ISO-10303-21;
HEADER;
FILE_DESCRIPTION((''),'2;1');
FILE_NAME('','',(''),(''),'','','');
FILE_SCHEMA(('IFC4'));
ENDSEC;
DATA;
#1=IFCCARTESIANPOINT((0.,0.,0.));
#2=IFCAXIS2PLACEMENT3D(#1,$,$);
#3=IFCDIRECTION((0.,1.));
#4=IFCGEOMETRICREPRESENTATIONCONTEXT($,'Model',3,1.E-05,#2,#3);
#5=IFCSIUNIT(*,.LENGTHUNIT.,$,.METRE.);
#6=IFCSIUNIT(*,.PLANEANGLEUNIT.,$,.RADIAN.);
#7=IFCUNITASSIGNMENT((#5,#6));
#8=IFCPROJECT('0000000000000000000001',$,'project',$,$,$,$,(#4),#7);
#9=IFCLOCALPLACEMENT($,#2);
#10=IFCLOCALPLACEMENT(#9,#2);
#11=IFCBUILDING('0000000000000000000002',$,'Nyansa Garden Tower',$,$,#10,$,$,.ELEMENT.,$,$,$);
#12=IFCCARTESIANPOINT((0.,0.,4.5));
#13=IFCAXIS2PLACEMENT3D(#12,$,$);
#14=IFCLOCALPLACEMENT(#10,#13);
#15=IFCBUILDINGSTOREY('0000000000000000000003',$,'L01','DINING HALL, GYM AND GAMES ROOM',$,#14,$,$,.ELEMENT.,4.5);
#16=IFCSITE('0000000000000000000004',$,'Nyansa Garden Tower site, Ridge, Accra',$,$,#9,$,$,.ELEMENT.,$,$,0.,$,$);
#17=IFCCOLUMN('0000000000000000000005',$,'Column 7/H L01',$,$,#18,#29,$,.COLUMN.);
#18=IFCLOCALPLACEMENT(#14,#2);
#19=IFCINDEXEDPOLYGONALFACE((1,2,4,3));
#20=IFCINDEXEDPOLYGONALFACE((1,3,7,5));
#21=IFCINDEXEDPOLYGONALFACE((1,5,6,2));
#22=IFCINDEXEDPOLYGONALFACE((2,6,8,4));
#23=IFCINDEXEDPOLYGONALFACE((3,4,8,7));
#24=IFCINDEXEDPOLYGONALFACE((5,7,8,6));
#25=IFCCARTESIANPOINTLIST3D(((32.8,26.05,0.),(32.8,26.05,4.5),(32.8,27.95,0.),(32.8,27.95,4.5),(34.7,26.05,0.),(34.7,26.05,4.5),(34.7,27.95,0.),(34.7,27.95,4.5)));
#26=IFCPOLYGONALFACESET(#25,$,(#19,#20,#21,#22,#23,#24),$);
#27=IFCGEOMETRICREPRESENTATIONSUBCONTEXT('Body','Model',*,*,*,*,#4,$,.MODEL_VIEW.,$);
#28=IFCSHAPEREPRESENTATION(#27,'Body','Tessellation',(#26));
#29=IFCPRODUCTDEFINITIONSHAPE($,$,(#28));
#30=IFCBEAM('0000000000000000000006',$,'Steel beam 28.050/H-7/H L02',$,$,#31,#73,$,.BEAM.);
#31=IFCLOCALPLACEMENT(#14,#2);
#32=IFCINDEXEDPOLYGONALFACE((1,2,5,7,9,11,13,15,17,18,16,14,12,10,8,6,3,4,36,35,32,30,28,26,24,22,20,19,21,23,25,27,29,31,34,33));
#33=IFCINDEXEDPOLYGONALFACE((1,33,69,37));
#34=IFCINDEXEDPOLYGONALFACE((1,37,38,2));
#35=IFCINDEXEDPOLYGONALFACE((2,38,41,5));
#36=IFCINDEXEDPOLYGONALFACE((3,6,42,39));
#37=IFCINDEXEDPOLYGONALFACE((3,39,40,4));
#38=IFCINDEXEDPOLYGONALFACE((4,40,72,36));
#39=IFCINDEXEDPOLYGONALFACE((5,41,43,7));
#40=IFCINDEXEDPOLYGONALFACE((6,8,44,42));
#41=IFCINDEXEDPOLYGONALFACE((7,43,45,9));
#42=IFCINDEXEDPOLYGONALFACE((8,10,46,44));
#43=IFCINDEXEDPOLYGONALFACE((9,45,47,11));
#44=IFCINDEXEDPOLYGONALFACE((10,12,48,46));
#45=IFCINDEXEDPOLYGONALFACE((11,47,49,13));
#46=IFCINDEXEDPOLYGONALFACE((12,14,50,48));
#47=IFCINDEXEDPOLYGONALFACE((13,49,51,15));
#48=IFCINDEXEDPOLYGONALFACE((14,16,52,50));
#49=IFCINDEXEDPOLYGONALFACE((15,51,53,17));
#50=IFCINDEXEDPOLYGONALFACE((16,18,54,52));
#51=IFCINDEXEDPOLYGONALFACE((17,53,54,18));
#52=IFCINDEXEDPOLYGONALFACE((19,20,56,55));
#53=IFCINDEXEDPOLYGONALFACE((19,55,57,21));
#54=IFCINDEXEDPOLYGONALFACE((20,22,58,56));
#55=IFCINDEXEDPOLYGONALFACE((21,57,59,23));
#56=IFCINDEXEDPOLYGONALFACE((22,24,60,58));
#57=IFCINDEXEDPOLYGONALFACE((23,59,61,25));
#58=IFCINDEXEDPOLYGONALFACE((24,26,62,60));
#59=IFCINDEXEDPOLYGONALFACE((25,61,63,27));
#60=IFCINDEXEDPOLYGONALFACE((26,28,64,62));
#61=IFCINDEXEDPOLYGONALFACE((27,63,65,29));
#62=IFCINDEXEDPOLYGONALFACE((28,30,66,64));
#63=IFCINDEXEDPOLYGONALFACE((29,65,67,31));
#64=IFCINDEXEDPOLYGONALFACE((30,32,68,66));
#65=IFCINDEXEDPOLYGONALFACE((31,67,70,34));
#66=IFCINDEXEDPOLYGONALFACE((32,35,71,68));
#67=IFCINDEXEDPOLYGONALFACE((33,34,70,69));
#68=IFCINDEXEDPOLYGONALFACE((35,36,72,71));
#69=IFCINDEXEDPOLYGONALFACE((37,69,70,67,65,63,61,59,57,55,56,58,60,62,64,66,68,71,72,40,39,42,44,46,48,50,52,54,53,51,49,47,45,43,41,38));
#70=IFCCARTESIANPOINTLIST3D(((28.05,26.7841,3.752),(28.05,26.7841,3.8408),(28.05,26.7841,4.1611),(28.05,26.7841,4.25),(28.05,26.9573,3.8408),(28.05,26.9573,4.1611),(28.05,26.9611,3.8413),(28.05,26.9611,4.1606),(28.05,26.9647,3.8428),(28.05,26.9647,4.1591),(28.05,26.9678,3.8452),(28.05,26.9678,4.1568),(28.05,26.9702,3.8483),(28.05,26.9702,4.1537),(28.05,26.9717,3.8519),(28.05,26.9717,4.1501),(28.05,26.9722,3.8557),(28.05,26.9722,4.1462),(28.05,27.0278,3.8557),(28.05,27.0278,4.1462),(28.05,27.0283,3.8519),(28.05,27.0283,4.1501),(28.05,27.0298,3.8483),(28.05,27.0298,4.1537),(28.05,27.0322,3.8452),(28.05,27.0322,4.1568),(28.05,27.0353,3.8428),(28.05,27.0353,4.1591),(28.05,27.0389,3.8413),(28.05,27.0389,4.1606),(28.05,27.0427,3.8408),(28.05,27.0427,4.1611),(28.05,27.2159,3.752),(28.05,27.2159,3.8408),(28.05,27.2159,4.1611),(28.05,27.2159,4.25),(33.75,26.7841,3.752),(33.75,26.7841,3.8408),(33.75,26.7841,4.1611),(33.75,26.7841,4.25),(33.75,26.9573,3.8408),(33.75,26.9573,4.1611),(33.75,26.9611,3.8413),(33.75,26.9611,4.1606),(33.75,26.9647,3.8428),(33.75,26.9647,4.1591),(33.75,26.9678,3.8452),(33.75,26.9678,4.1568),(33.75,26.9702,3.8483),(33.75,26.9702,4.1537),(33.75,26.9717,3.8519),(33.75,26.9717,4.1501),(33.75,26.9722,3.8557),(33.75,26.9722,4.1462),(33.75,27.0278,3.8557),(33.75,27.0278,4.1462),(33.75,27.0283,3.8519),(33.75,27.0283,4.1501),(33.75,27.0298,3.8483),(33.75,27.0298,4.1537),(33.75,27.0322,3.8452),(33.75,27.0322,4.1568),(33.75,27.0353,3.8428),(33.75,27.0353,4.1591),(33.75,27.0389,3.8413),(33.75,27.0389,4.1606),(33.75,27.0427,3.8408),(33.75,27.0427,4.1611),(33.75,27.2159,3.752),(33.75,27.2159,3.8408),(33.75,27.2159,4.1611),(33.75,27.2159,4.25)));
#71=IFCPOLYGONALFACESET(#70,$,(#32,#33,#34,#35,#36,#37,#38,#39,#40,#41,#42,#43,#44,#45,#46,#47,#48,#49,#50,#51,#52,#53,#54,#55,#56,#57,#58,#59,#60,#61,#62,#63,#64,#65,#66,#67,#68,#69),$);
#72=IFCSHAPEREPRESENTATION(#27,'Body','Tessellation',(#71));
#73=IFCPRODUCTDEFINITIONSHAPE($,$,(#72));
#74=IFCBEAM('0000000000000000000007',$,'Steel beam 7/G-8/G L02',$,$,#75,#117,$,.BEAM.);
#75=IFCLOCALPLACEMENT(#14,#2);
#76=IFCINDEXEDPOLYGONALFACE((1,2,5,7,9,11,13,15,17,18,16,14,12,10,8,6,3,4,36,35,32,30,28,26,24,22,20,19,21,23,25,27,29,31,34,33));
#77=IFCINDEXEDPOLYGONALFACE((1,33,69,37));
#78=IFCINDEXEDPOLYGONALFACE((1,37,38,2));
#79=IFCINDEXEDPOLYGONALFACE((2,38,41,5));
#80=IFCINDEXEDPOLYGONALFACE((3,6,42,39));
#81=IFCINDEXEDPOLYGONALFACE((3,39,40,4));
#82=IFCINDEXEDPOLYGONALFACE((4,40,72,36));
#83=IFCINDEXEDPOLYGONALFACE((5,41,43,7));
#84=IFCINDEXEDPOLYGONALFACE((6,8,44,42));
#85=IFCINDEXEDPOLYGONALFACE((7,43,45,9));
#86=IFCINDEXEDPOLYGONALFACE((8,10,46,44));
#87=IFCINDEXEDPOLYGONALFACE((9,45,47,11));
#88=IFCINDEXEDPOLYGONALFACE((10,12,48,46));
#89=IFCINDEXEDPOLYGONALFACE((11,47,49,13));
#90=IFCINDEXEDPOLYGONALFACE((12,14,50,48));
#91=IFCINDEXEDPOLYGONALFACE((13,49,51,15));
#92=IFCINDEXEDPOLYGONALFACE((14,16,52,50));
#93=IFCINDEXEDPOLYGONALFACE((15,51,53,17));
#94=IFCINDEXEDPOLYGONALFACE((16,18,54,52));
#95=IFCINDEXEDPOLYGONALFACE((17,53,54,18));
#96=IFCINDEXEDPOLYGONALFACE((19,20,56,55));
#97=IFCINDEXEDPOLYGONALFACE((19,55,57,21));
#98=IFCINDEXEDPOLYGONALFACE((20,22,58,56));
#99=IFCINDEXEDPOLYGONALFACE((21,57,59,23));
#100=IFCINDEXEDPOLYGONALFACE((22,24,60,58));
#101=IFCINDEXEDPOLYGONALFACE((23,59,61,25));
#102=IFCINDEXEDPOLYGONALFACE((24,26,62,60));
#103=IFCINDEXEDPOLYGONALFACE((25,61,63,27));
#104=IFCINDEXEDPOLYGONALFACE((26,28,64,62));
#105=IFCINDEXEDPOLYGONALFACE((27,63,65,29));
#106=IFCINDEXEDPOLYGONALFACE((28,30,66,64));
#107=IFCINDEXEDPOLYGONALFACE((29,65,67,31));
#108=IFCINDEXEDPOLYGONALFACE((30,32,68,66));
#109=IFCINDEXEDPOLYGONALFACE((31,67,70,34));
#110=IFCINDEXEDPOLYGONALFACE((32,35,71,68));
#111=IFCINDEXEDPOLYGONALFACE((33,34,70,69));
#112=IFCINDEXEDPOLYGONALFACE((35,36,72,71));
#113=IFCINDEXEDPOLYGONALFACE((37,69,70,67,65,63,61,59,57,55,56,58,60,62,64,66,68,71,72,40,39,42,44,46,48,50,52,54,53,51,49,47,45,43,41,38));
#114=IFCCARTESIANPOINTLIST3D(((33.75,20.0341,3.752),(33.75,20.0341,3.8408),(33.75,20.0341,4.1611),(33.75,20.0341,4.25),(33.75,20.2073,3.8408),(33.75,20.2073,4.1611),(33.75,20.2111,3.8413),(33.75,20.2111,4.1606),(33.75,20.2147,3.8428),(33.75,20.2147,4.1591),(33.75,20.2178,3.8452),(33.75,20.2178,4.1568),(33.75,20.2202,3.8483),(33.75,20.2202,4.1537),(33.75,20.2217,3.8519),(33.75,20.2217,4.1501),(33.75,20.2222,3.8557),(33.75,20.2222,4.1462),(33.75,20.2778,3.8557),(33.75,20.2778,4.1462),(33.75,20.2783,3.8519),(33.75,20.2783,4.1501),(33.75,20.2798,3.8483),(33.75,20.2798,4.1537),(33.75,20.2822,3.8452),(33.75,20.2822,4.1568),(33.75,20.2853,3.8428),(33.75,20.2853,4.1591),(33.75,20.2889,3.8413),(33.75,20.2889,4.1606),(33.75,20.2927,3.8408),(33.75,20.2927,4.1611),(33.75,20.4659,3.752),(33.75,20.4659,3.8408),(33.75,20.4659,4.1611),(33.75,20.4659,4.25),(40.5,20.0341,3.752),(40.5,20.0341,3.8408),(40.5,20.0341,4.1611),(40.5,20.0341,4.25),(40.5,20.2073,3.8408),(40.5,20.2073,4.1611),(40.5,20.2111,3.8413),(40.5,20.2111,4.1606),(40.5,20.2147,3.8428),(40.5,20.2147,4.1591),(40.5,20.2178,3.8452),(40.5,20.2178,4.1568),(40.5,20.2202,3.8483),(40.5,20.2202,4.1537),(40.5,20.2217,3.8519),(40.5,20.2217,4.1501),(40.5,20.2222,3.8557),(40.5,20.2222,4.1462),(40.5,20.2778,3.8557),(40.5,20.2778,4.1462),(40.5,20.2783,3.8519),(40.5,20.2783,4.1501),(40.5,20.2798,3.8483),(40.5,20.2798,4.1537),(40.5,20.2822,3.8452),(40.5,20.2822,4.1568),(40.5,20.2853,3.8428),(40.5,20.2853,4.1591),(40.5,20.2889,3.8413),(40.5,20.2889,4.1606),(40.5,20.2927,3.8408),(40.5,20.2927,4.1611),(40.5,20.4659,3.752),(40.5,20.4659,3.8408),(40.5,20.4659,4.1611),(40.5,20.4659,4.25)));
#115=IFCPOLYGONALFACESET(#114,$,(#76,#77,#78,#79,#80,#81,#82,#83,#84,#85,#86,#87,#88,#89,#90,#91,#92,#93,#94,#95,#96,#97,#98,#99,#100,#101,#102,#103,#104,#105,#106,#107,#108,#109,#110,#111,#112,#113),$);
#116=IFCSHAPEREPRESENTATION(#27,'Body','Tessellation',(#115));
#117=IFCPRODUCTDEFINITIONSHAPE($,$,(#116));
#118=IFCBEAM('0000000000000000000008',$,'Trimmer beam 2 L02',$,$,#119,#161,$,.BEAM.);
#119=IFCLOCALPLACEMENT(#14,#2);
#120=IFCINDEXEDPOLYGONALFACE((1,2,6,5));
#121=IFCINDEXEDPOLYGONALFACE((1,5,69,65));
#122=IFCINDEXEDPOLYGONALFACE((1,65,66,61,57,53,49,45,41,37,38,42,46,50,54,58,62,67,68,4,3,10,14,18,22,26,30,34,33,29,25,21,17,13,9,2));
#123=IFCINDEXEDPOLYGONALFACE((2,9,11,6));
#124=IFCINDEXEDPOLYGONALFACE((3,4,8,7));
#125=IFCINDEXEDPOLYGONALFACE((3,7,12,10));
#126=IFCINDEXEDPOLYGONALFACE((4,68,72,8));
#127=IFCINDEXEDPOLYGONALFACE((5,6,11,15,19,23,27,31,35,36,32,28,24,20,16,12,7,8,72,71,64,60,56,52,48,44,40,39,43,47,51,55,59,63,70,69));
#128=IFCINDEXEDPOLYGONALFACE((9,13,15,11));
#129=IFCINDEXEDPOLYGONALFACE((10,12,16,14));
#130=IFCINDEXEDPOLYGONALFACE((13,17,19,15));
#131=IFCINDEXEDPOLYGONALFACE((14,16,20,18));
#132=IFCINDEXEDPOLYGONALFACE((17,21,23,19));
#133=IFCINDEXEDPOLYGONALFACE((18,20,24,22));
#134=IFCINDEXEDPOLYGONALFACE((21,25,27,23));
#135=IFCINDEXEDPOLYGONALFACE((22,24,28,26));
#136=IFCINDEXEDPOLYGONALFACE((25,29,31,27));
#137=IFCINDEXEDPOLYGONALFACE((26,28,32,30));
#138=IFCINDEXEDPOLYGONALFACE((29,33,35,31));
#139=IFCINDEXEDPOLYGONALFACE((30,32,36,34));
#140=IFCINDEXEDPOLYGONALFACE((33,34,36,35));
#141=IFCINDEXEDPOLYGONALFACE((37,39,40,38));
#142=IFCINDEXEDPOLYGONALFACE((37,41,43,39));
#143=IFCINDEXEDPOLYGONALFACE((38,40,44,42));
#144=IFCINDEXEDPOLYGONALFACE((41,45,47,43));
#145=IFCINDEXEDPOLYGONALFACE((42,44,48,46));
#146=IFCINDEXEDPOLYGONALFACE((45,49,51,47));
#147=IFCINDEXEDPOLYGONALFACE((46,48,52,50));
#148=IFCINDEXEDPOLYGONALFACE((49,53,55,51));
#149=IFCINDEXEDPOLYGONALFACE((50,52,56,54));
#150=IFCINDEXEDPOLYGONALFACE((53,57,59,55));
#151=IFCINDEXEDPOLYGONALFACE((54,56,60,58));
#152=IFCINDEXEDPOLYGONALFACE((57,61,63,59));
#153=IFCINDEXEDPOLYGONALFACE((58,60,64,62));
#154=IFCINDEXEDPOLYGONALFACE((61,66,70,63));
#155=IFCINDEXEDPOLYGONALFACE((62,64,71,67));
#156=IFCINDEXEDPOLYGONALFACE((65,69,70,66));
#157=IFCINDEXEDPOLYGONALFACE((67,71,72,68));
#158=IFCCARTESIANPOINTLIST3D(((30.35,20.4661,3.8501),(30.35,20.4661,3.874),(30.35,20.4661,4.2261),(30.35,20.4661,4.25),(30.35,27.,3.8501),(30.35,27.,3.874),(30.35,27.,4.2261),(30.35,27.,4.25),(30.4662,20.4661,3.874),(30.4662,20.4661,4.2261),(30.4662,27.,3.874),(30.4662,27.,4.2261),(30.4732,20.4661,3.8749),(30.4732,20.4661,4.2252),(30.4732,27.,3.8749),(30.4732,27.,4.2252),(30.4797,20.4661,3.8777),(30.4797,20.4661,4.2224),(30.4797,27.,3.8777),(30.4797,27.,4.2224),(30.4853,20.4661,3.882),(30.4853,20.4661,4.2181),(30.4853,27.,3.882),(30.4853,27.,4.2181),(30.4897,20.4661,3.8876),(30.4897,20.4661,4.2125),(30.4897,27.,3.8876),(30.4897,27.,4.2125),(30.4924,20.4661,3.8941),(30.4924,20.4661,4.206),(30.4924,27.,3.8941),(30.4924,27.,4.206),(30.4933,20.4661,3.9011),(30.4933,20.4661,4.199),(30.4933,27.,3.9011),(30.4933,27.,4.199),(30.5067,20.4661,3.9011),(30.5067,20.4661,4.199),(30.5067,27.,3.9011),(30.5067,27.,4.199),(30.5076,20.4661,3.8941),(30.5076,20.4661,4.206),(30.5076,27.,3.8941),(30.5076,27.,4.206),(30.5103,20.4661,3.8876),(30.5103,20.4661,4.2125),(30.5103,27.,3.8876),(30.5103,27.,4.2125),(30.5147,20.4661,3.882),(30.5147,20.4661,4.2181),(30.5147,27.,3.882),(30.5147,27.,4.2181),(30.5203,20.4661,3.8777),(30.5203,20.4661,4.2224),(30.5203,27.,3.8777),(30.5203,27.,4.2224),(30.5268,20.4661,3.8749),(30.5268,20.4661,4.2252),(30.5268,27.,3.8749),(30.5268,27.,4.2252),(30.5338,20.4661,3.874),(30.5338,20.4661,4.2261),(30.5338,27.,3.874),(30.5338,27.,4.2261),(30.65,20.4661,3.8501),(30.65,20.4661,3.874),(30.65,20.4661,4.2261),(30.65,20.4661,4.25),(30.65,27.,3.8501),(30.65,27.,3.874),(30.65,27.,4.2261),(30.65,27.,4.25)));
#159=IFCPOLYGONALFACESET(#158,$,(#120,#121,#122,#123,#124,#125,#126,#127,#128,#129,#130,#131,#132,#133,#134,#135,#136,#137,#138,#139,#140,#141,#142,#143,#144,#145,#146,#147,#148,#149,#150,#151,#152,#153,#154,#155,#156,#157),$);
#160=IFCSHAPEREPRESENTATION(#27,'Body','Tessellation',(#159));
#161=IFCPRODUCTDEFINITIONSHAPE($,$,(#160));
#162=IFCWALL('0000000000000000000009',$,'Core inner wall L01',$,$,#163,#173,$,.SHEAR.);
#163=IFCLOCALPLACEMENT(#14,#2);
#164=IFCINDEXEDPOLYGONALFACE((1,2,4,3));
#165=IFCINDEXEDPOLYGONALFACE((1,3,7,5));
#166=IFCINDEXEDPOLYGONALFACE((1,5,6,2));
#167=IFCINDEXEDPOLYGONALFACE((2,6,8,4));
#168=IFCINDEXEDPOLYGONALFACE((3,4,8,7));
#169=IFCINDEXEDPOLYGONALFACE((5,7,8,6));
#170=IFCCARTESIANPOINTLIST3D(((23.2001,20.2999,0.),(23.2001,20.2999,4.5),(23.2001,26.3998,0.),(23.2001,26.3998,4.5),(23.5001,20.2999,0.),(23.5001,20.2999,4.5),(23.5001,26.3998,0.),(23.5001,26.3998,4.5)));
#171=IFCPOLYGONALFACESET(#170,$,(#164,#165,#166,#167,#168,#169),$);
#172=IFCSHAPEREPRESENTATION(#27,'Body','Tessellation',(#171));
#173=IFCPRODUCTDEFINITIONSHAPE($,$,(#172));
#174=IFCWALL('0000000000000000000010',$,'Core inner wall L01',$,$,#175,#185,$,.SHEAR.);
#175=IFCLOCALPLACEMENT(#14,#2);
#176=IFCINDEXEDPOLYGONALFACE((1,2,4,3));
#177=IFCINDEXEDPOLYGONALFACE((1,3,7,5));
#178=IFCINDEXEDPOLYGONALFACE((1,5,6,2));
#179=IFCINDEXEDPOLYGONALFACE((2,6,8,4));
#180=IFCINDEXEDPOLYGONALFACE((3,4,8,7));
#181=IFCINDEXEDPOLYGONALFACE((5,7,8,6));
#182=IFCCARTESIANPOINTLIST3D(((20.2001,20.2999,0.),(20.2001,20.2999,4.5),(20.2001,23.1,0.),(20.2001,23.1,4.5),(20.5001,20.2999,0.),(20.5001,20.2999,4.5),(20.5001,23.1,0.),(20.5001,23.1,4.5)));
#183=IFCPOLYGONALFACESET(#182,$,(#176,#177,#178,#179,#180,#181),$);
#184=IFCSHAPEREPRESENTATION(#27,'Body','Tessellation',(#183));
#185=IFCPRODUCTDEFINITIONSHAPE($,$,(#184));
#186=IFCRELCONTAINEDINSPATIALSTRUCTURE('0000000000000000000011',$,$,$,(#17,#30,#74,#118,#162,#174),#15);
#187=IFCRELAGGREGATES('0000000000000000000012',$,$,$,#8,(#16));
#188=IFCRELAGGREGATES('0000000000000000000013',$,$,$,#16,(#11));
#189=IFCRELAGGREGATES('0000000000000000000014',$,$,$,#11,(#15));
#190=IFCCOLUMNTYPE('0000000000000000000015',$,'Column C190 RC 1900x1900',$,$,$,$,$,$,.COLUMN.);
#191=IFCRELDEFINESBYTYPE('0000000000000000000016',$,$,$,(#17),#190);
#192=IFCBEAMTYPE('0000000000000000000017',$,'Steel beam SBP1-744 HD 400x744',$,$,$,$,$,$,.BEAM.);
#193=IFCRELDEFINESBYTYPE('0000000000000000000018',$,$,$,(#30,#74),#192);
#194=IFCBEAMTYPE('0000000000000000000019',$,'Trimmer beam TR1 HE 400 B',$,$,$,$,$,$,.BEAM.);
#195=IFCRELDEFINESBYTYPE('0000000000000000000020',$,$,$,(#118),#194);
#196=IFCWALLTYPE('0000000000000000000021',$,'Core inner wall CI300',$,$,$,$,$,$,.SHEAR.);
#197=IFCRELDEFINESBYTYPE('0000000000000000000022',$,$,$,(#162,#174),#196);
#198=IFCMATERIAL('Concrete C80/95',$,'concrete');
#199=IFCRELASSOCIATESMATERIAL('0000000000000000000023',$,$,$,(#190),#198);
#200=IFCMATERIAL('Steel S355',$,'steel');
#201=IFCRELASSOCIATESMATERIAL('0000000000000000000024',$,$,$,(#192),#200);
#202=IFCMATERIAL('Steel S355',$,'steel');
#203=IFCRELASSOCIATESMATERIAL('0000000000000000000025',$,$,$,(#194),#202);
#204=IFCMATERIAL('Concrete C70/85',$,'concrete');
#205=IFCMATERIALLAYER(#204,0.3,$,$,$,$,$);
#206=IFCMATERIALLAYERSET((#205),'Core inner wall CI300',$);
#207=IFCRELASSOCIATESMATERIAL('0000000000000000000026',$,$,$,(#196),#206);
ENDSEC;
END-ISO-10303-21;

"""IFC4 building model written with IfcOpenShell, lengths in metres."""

from ifc_helpers import new_model, si_unit, direction, frame, frame_2d, origin, origin_2d, place, context, subcontext, project, spatial, rectangle, i_section, extrude, material, layer, layer_set, material_profile, profile_set, type_object, element, save


model = new_model("IFC4")

# Units and contexts
model_context = context("Model", 3, precision=1e-05, world=origin(), true_north=direction((0.0, 1.0)))
body_context = subcontext(model_context, "Body", "Model", "MODEL_VIEW")
ifc_project = project(units=[si_unit("LENGTHUNIT", "METRE"), si_unit("PLANEANGLEUNIT", "RADIAN")], contexts=[model_context])

# Site, building, storey
site_placement = place(None, origin())
site = spatial("IfcSite", under=ifc_project, at=site_placement, Name="Nyansa Garden Tower site, Ridge, Accra", CompositionType="ELEMENT", RefElevation=0.0)
building_placement = place(site_placement, origin())
building = spatial("IfcBuilding", under=site, at=building_placement, Name="Nyansa Garden Tower", CompositionType="ELEMENT")
storey_placement = place(building_placement, frame((0.0, 0.0, 4.5)))
storey = spatial("IfcBuildingStorey", under=building, at=storey_placement, Name="L01", Description="DINING HALL, GYM AND GAMES ROOM", CompositionType="ELEMENT", Elevation=4.5)

# Column
ifc_material_1 = material(Name="Concrete C80/95", Category="concrete")
ifc_material_profile_1 = material_profile(ifc_material_1, rectangle(XDim=1.8999, YDim=1.8999, at=origin_2d()), Name="RC 1900x1900")
ifc_profile_set_1 = profile_set([ifc_material_profile_1], Name="Concrete C80/95")
column_type = type_object("IfcColumnType", Name="Column C190 RC 1900x1900", PredefinedType="COLUMN", material=ifc_profile_set_1)
column_placement = place(storey_placement, frame((33.75, 27.0, 0.0), z_axis=(0.0, 0.0, 1.0), x_axis=(1.0, 0.0, 0.0)))
element("IfcColumn", 1, at=column_placement, inside=storey, type_object=column_type, Name="Column 7/H L01", PredefinedType="COLUMN", context=body_context, shape_type="SweptSolid", body=[
    extrude(rectangle(XDim=1.8999, YDim=1.8999, at=origin_2d()), origin(), (0.0, 0.0, 1.0), 4.5),
])

# Beams
ifc_material_2 = material(Name="Steel S355", Category="steel")
ifc_material_profile_2 = material_profile(ifc_material_2, i_section(OverallWidth=0.4319, OverallDepth=0.498, WebThickness=0.0557, FlangeThickness=0.0889, FilletRadius=0.0149, at=origin_2d()), Name="HD 400x744")
ifc_profile_set_2 = profile_set([ifc_material_profile_2], Name="Steel S355")
beam_type_1 = type_object("IfcBeamType", Name="Steel beam SBP1-744 HD 400x744", PredefinedType="BEAM", material=ifc_profile_set_2)
beam_1_placement = place(storey_placement, frame((28.05, 27.0, 4.001), z_axis=(1.0, 0.0, 0.0), x_axis=(0.0, 1.0, 0.0)))
element("IfcBeam", 2, at=beam_1_placement, inside=storey, type_object=beam_type_1, Name="Steel beam 28.050/H-7/H L02", PredefinedType="BEAM", context=body_context, shape_type="SweptSolid", body=[
    extrude(i_section(OverallWidth=0.4319, OverallDepth=0.498, WebThickness=0.0557, FlangeThickness=0.0889, FilletRadius=0.0149, at=origin_2d()), origin(), (0.0, 0.0, 1.0), 5.7),
])
beam_2_placement = place(storey_placement, frame((33.75, 20.25, 4.001), z_axis=(1.0, 0.0, 0.0), x_axis=(0.0, 1.0, 0.0)))
element("IfcBeam", 3, at=beam_2_placement, inside=storey, type_object=beam_type_1, Name="Steel beam 7/G-8/G L02", PredefinedType="BEAM", context=body_context, shape_type="SweptSolid", body=[
    extrude(i_section(OverallWidth=0.4319, OverallDepth=0.498, WebThickness=0.0557, FlangeThickness=0.0889, FilletRadius=0.0149, at=origin_2d()), origin(), (0.0, 0.0, 1.0), 6.75),
])
ifc_material_3 = material(Name="Steel S355", Category="steel")
ifc_material_profile_3 = material_profile(ifc_material_3, i_section(OverallWidth=0.3, OverallDepth=0.3999, WebThickness=0.0134, FlangeThickness=0.0239, FilletRadius=0.0271, at=origin_2d()), Name="HE 400 B")
ifc_profile_set_3 = profile_set([ifc_material_profile_3], Name="Steel S355")
beam_type_2 = type_object("IfcBeamType", Name="Trimmer beam TR1 HE 400 B", PredefinedType="BEAM", material=ifc_profile_set_3)
beam_3_placement = place(storey_placement, frame((30.5, 20.4661, 4.05), z_axis=(0.0, 1.0, 0.0), x_axis=(-1.0, 0.0, 0.0)))
element("IfcBeam", 4, at=beam_3_placement, inside=storey, type_object=beam_type_2, Name="Trimmer beam 2 L02", PredefinedType="BEAM", context=body_context, shape_type="SweptSolid", body=[
    extrude(i_section(OverallWidth=0.3, OverallDepth=0.3999, WebThickness=0.0134, FlangeThickness=0.0239, FilletRadius=0.0271, at=origin_2d()), origin(), (0.0, 0.0, 1.0), 6.5339),
])

# Walls
ifc_material_4 = material(Name="Concrete C70/85", Category="concrete")
ifc_layer_1 = layer(ifc_material_4, 0.3)
ifc_layer_set_1 = layer_set([ifc_layer_1], Name="Core inner wall CI300")
wall_type_1 = type_object("IfcWallType", Name="Core inner wall CI300", PredefinedType="SHEAR", material=ifc_layer_set_1)
wall_1_placement = place(storey_placement, frame((23.3501, 20.3, 0.0), z_axis=(0.0, 0.0, 1.0), x_axis=(0.0, 1.0, 0.0)))
element("IfcWall", 5, at=wall_1_placement, inside=storey, type_object=wall_type_1, Name="Core inner wall L01", PredefinedType="SHEAR", context=body_context, shape_type="SweptSolid", body=[
    extrude(rectangle(XDim=6.0999, YDim=0.3, at=frame_2d((3.0498, 0.0))), origin(), (0.0, 0.0, 1.0), 4.5),
])
wall_2_placement = place(storey_placement, frame((20.3501, 20.3, 0.0), z_axis=(0.0, 0.0, 1.0), x_axis=(0.0, 1.0, 0.0)))
element("IfcWall", 6, at=wall_2_placement, inside=storey, type_object=wall_type_1, Name="Core inner wall L01", PredefinedType="SHEAR", context=body_context, shape_type="SweptSolid", body=[
    extrude(rectangle(XDim=2.8, YDim=0.3, at=frame_2d((1.3999, 0.0))), origin(), (0.0, 0.0, 1.0), 4.5),
])

save(model, "model.ifc")
